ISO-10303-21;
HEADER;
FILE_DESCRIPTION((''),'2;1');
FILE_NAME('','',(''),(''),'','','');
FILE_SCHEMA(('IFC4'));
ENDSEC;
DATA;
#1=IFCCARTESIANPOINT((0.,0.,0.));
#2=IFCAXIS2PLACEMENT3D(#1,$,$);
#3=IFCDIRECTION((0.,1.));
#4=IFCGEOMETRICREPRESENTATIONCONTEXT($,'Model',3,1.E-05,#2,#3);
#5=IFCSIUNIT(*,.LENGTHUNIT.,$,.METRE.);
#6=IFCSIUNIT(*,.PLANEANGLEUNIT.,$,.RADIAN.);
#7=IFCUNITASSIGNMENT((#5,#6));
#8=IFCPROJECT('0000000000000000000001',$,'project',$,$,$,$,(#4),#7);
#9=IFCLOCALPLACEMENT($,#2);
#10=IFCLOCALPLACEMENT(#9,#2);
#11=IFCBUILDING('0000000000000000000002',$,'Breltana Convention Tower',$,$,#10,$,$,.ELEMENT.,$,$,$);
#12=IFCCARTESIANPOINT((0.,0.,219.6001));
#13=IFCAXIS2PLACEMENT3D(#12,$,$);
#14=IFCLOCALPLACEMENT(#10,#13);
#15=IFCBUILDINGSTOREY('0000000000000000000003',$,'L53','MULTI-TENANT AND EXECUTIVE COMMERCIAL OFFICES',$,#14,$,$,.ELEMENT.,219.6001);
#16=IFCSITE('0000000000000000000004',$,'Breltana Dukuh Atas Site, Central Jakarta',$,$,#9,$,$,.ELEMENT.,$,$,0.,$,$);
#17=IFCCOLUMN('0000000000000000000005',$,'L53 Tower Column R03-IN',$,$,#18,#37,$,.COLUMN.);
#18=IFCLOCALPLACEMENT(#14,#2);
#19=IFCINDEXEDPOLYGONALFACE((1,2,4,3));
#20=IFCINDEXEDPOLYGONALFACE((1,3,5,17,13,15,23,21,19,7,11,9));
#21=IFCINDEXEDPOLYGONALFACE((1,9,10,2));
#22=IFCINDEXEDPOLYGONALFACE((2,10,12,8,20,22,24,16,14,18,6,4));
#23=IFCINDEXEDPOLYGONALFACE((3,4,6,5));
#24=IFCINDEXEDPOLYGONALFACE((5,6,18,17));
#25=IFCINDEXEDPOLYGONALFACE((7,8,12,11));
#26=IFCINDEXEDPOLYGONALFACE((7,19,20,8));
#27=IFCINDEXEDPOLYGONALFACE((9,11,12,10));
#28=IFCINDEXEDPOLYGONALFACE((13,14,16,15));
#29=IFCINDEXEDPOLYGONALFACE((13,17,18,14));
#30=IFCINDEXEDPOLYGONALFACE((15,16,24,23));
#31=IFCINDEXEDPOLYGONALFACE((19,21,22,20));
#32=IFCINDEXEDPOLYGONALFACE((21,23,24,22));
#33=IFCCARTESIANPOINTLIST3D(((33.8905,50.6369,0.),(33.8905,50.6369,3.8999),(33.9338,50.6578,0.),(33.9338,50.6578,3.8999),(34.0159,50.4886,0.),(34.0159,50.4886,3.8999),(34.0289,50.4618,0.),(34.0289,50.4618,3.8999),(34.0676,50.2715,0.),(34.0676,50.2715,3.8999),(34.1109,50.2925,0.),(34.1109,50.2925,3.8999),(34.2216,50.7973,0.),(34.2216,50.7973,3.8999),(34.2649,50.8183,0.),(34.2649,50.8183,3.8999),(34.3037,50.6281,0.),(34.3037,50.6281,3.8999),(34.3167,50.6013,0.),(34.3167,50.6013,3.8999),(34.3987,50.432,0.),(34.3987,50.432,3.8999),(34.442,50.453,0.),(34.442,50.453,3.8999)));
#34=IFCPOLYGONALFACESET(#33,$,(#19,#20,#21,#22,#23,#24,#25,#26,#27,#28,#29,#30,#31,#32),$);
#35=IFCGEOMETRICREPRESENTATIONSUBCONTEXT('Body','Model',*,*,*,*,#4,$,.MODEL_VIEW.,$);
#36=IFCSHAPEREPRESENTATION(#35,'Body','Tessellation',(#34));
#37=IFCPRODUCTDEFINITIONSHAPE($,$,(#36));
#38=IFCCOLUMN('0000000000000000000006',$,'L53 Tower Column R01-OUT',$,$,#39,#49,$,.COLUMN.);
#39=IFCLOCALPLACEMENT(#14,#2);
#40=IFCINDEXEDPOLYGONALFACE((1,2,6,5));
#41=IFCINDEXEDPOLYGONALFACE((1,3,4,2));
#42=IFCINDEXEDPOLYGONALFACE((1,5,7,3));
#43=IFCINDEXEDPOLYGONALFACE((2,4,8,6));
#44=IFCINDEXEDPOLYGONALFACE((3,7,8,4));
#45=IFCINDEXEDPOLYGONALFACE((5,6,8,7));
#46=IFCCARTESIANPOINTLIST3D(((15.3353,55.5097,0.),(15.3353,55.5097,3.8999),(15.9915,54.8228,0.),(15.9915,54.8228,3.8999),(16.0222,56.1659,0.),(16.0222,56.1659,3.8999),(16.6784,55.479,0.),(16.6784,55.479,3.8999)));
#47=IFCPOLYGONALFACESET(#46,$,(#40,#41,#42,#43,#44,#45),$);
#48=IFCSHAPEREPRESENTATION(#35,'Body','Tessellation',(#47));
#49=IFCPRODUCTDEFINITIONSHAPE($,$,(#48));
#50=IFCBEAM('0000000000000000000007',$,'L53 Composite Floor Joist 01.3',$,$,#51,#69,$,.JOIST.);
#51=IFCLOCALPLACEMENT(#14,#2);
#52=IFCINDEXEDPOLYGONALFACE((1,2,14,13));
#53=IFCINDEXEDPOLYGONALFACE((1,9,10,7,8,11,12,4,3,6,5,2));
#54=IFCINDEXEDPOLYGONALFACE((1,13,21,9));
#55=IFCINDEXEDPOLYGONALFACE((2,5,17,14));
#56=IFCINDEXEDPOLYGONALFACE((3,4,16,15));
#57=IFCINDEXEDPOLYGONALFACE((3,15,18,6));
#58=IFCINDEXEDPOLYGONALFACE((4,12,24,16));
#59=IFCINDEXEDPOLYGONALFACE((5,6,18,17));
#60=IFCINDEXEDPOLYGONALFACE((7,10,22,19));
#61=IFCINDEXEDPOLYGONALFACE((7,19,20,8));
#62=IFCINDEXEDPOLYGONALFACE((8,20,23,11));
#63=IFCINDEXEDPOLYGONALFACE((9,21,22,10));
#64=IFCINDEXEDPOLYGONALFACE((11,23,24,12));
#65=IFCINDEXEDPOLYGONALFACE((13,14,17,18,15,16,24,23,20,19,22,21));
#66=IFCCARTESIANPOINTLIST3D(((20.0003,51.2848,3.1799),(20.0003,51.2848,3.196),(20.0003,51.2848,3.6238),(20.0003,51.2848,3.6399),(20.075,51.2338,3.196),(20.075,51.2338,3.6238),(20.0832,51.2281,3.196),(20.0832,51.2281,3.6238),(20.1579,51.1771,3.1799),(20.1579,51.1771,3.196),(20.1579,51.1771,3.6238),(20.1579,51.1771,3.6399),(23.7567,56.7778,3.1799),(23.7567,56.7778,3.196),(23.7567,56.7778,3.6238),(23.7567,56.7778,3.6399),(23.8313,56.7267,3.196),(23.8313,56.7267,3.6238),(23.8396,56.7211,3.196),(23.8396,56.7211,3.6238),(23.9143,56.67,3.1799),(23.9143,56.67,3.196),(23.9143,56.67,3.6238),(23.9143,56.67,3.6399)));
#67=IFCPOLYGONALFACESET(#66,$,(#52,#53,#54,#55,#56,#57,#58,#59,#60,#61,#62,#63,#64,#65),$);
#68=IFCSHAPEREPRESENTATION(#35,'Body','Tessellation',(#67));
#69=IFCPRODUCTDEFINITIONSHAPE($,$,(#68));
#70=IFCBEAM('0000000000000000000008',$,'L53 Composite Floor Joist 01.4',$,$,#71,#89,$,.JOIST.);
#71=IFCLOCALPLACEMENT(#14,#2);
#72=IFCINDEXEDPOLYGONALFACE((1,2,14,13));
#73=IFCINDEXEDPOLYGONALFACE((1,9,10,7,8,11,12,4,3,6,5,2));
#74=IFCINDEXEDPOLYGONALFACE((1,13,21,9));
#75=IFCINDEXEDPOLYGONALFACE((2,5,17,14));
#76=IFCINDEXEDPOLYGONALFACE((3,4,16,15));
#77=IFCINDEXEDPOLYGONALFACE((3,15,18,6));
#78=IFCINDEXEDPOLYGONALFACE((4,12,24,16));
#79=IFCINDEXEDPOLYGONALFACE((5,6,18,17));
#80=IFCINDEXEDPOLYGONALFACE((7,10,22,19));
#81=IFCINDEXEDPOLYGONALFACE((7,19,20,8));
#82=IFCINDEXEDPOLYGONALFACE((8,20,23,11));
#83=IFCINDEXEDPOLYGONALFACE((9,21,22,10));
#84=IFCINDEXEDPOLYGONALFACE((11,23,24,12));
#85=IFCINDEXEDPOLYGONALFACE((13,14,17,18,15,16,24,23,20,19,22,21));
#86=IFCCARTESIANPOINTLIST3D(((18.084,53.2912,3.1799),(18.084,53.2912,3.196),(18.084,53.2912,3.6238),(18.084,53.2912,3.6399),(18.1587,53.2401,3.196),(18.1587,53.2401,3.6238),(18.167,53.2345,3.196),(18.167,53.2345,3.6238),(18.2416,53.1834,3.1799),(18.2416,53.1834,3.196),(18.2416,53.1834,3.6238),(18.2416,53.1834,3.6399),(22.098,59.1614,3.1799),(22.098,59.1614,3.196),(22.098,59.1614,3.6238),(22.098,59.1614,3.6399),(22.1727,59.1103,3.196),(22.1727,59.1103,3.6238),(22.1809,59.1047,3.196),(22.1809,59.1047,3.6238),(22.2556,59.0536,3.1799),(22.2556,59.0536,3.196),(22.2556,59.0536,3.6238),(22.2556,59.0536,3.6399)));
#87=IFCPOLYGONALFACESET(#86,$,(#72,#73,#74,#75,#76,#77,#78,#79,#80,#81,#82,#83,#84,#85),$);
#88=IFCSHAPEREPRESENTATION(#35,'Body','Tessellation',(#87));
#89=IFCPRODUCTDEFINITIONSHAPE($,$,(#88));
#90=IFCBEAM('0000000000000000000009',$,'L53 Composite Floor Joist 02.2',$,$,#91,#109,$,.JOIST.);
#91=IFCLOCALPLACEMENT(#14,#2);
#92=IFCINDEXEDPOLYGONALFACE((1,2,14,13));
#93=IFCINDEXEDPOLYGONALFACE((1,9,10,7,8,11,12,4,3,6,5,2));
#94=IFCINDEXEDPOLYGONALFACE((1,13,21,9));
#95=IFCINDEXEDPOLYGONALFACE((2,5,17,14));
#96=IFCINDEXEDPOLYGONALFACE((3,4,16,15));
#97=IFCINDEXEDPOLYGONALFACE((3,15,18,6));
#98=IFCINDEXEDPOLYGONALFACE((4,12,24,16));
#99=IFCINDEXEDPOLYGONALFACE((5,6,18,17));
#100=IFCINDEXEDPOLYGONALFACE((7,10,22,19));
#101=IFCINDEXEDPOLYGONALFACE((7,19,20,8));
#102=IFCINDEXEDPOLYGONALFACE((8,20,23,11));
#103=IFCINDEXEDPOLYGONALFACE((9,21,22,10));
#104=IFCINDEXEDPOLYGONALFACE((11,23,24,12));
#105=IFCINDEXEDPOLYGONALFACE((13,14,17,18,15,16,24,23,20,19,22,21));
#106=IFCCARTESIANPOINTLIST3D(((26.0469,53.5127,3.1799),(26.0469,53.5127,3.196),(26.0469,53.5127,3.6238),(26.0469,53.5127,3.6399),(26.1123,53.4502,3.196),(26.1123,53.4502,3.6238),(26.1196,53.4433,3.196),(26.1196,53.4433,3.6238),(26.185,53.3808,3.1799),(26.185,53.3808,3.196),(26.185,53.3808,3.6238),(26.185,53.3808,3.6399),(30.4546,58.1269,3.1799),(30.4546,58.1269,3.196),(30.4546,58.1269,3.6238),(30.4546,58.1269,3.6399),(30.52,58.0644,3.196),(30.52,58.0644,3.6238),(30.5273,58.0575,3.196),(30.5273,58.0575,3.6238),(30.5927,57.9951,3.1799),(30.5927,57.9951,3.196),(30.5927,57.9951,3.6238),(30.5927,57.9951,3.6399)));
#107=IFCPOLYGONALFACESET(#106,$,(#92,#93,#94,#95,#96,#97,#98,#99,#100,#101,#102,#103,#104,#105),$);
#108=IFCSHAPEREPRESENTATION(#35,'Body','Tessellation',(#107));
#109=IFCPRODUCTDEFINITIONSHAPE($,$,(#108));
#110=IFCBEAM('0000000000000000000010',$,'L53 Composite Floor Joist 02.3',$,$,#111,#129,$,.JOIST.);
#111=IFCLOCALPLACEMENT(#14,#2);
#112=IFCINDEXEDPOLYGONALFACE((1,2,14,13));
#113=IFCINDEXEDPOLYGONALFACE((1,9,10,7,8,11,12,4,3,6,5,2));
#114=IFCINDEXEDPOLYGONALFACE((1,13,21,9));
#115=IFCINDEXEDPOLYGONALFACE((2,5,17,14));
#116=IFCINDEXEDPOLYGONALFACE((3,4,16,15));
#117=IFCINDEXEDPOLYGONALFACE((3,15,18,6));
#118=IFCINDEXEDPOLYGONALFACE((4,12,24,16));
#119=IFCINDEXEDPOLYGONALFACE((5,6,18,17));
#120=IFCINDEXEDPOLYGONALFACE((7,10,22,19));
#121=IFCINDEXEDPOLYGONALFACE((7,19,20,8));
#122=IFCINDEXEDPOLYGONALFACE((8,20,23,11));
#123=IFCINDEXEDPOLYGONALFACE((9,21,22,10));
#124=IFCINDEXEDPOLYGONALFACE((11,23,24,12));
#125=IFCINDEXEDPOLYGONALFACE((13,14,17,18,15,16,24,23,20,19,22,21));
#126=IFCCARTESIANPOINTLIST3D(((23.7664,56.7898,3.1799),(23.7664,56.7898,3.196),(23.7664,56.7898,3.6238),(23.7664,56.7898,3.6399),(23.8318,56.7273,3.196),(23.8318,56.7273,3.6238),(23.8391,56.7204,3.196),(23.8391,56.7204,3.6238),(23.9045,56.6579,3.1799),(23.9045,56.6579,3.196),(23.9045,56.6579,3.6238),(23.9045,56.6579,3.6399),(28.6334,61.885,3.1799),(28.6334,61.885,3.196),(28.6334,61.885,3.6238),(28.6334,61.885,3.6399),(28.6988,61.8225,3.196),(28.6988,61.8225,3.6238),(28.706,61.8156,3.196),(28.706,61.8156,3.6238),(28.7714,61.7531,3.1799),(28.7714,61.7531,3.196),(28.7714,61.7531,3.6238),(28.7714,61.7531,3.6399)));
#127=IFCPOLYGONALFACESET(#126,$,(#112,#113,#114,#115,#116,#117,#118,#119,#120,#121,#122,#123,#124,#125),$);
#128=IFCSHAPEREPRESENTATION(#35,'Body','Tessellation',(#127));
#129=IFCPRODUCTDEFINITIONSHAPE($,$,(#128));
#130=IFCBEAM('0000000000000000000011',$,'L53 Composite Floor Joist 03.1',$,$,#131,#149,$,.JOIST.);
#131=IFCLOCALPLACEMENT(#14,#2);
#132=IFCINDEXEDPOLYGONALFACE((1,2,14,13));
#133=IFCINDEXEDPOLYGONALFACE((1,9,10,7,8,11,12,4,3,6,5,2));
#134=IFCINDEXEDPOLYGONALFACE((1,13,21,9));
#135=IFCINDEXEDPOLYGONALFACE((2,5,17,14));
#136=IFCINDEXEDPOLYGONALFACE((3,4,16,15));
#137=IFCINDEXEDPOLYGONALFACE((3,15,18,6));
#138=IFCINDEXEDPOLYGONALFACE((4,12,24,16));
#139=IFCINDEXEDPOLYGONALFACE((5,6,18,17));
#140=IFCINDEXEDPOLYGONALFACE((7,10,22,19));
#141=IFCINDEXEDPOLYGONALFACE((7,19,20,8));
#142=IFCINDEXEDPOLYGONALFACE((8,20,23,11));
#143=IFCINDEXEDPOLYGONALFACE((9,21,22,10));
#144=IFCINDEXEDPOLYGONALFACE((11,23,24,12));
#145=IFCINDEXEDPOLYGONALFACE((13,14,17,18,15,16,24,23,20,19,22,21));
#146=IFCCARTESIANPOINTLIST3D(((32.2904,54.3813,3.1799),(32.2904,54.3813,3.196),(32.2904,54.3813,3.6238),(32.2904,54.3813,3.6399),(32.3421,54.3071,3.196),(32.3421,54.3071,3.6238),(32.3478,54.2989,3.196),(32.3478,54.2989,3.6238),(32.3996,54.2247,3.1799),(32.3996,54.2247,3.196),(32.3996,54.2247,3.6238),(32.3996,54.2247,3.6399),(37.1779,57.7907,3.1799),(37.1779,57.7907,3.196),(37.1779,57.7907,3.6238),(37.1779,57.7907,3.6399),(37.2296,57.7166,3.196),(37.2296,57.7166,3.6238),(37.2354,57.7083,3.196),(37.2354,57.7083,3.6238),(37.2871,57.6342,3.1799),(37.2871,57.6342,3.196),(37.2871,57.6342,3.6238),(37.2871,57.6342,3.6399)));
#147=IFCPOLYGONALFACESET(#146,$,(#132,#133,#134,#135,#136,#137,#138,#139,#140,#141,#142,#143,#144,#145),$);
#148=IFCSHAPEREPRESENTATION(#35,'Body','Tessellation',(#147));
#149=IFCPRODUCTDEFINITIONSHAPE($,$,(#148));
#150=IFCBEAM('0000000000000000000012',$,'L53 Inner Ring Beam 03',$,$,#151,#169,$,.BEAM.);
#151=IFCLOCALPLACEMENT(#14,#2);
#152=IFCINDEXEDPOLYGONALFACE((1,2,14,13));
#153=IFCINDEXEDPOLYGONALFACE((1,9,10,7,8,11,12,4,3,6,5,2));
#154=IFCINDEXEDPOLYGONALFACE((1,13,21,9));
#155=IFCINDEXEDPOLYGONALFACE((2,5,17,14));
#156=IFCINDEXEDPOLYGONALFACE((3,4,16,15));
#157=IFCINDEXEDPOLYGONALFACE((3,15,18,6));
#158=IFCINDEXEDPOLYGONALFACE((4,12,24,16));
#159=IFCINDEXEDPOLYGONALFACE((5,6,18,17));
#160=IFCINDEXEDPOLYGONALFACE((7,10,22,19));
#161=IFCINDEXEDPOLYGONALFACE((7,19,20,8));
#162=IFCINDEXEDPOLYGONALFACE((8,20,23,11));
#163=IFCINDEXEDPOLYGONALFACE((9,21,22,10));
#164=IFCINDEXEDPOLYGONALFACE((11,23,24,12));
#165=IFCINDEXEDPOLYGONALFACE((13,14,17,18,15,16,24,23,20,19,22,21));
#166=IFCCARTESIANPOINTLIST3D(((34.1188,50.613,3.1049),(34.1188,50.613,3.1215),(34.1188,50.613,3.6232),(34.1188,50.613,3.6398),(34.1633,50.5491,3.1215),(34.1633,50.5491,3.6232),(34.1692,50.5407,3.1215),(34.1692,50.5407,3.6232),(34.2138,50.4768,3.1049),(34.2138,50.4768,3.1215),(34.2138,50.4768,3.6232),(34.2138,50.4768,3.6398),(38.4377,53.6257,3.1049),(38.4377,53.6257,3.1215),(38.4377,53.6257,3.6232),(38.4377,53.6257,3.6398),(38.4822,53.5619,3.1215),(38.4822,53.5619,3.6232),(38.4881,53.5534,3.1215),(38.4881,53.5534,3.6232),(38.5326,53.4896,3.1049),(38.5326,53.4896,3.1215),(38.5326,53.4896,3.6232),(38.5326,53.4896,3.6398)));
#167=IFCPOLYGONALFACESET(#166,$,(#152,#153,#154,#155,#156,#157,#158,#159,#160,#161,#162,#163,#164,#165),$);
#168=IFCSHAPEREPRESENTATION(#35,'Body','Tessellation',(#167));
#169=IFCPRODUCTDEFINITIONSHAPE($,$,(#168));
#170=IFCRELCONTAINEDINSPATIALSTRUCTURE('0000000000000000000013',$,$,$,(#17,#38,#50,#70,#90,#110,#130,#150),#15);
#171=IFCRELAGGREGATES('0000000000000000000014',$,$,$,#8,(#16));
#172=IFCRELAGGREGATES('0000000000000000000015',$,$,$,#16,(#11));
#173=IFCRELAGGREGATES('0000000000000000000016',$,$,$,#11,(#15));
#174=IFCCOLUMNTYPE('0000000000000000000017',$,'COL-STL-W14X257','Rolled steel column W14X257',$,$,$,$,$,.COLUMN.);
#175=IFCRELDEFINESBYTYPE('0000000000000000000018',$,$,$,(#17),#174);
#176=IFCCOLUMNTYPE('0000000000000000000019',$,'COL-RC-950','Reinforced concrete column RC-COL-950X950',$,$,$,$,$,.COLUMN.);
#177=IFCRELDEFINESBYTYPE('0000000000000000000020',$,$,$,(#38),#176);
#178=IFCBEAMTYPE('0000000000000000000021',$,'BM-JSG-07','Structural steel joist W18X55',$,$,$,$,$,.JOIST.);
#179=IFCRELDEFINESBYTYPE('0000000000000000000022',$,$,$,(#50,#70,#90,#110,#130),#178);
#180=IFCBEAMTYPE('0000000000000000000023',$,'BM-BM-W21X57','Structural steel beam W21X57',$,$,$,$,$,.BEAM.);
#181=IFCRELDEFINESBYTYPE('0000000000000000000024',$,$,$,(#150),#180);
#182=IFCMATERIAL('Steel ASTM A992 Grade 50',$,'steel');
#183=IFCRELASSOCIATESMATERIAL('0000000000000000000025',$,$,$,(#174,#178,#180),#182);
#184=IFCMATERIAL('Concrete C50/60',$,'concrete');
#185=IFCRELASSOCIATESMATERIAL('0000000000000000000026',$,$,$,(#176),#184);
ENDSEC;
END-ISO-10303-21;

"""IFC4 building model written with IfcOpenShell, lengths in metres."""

from ifc_helpers import new_model, si_unit, direction, frame, origin, origin_2d, place, context, subcontext, project, spatial, rectangle, i_section, extrude, source, transform, mapped, material, material_profile, profile_set, type_object, element, save


model = new_model("IFC4")

# Units and contexts
model_context = context("Model", 3, precision=1e-05, world=origin(), true_north=direction((0.0, 1.0)))
body_context = subcontext(model_context, "Body", "Model", "MODEL_VIEW")
ifc_project = project(units=[si_unit("LENGTHUNIT", "METRE"), si_unit("PLANEANGLEUNIT", "RADIAN")], contexts=[model_context])

# Site, building, storey
site_placement = place(None, origin())
site = spatial("IfcSite", under=ifc_project, at=site_placement, Name="Breltana Dukuh Atas Site, Central Jakarta", CompositionType="ELEMENT", RefElevation=0.0)
building_placement = place(site_placement, origin())
building = spatial("IfcBuilding", under=site, at=building_placement, Name="Breltana Convention Tower", CompositionType="ELEMENT")
storey_placement = place(building_placement, frame((0.0, 0.0, 219.6001)))
storey = spatial("IfcBuildingStorey", under=building, at=storey_placement, Name="L53", Description="MULTI-TENANT AND EXECUTIVE COMMERCIAL OFFICES", CompositionType="ELEMENT", Elevation=219.6001)

# Columns
ifc_material_1 = material(Name="Steel ASTM A992 Grade 50", Category="steel")
ifc_material_profile_1 = material_profile(ifc_material_1, i_section(OverallWidth=0.406, OverallDepth=0.416, WebThickness=0.0298, FlangeThickness=0.0481, at=origin_2d()), Name="W14X257")
ifc_profile_set_1 = profile_set([ifc_material_profile_1], Name="Steel ASTM A992 Grade 50")
column_type_1 = type_object("IfcColumnType", Name="COL-STL-W14X257", Description="Rolled steel column W14X257", PredefinedType="COLUMN", material=ifc_profile_set_1)
shared_shape_1 = source(origin(), body_context, "Body", "SweptSolid", [
    extrude(i_section(OverallWidth=0.406, OverallDepth=0.416, WebThickness=0.0298, FlangeThickness=0.0481, at=origin_2d()), origin(), (0.0, 0.0, 1.0), 3.8999),
])
column_1_placement = place(storey_placement, frame((34.1663, 50.5449, 0.0), z_axis=(0.0, 0.0, 1.0), x_axis=(-0.436174, 0.899863, 0.0)))
element("IfcColumn", 1, at=column_1_placement, inside=storey, type_object=column_type_1, Name="L53 Tower Column R03-IN", PredefinedType="COLUMN", context=body_context, shape_type="MappedRepresentation", body=[
    mapped(shared_shape_1, transform((0.0, 0.0, 0.0), scale=1.0)),
])
ifc_material_2 = material(Name="Concrete C50/60", Category="concrete")
ifc_material_profile_2 = material_profile(ifc_material_2, rectangle(XDim=0.95, YDim=0.95, at=origin_2d()), Name="RC-COL-950X950")
ifc_profile_set_2 = profile_set([ifc_material_profile_2], Name="Concrete C50/60")
column_type_2 = type_object("IfcColumnType", Name="COL-RC-950", Description="Reinforced concrete column RC-COL-950X950", PredefinedType="COLUMN", material=ifc_profile_set_2)
shared_shape_2 = source(origin(), body_context, "Body", "SweptSolid", [
    extrude(rectangle(XDim=0.95, YDim=0.95, at=origin_2d()), origin(), (0.0, 0.0, 1.0), 3.8999),
])
column_2_placement = place(storey_placement, frame((16.0068, 55.4944, 0.0), z_axis=(0.0, 0.0, 1.0), x_axis=(-0.690756, 0.723088, 0.0)))
element("IfcColumn", 2, at=column_2_placement, inside=storey, type_object=column_type_2, Name="L53 Tower Column R01-OUT", PredefinedType="COLUMN", context=body_context, shape_type="MappedRepresentation", body=[
    mapped(shared_shape_2, transform((0.0, 0.0, 0.0), scale=1.0)),
])

# Beams
ifc_material_profile_3 = material_profile(ifc_material_1, i_section(OverallWidth=0.1909, OverallDepth=0.46, WebThickness=0.01, FlangeThickness=0.0161, at=origin_2d()), Name="W18X55")
ifc_profile_set_3 = profile_set([ifc_material_profile_3], Name="Steel ASTM A992 Grade 50")
beam_type_1 = type_object("IfcBeamType", Name="BM-JSG-07", Description="Structural steel joist W18X55", PredefinedType="JOIST", material=ifc_profile_set_3)
shared_shape_3 = source(origin(), body_context, "Body", "SweptSolid", [
    extrude(i_section(OverallWidth=0.1909, OverallDepth=0.46, WebThickness=0.01, FlangeThickness=0.0161, at=origin_2d()), origin(), (0.0, 0.0, 1.0), 6.6545),
])
beam_1_placement = place(storey_placement, frame((20.0791, 51.231, 3.4099), z_axis=(0.564483, 0.825445, 0.0), x_axis=(-0.825445, 0.564483, 0.0)))
element("IfcBeam", 3, at=beam_1_placement, inside=storey, type_object=beam_type_1, Name="L53 Composite Floor Joist 01.3", PredefinedType="JOIST", context=body_context, shape_type="MappedRepresentation", body=[
    mapped(shared_shape_3, transform((0.0, 0.0, 0.0), scale=1.0)),
])
shared_shape_4 = source(origin(), body_context, "Body", "SweptSolid", [
    extrude(i_section(OverallWidth=0.1909, OverallDepth=0.46, WebThickness=0.01, FlangeThickness=0.0161, at=origin_2d()), origin(), (0.0, 0.0, 1.0), 7.1113),
])
beam_2_placement = place(storey_placement, frame((18.1628, 53.2373, 3.4099), z_axis=(0.564446, 0.82547, 0.0), x_axis=(-0.82547, 0.564446, 0.0)))
element("IfcBeam", 4, at=beam_2_placement, inside=storey, type_object=beam_type_1, Name="L53 Composite Floor Joist 01.4", PredefinedType="JOIST", context=body_context, shape_type="MappedRepresentation", body=[
    mapped(shared_shape_4, transform((0.0, 0.0, 0.0), scale=1.0)),
])
shared_shape_5 = source(origin(), body_context, "Body", "SweptSolid", [
    extrude(i_section(OverallWidth=0.1909, OverallDepth=0.46, WebThickness=0.01, FlangeThickness=0.0161, at=origin_2d()), origin(), (0.0, 0.0, 1.0), 6.3811),
])
beam_3_placement = place(storey_placement, frame((26.116, 53.4468, 3.4099), z_axis=(0.690738, 0.723105, 0.0), x_axis=(-0.723105, 0.690738, 0.0)))
element("IfcBeam", 5, at=beam_3_placement, inside=storey, type_object=beam_type_1, Name="L53 Composite Floor Joist 02.2", PredefinedType="JOIST", context=body_context, shape_type="MappedRepresentation", body=[
    mapped(shared_shape_5, transform((0.0, 0.0, 0.0), scale=1.0)),
])
shared_shape_6 = source(origin(), body_context, "Body", "SweptSolid", [
    extrude(i_section(OverallWidth=0.1909, OverallDepth=0.46, WebThickness=0.01, FlangeThickness=0.0161, at=origin_2d()), origin(), (0.0, 0.0, 1.0), 7.0461),
])
beam_4_placement = place(storey_placement, frame((23.8354, 56.7239, 3.4099), z_axis=(0.690723, 0.72312, 0.0), x_axis=(-0.72312, 0.690723, 0.0)))
element("IfcBeam", 6, at=beam_4_placement, inside=storey, type_object=beam_type_1, Name="L53 Composite Floor Joist 02.3", PredefinedType="JOIST", context=body_context, shape_type="MappedRepresentation", body=[
    mapped(shared_shape_6, transform((0.0, 0.0, 0.0), scale=1.0)),
])
shared_shape_7 = source(origin(), body_context, "Body", "SweptSolid", [
    extrude(i_section(OverallWidth=0.1909, OverallDepth=0.46, WebThickness=0.01, FlangeThickness=0.0161, at=origin_2d()), origin(), (0.0, 0.0, 1.0), 5.9592),
])
beam_5_placement = place(storey_placement, frame((32.345, 54.303, 3.4099), z_axis=(0.82016, 0.572134, 0.0), x_axis=(-0.572134, 0.82016, 0.0)))
element("IfcBeam", 7, at=beam_5_placement, inside=storey, type_object=beam_type_1, Name="L53 Composite Floor Joist 03.1", PredefinedType="JOIST", context=body_context, shape_type="MappedRepresentation", body=[
    mapped(shared_shape_7, transform((0.0, 0.0, 0.0), scale=1.0)),
])
ifc_material_profile_4 = material_profile(ifc_material_1, i_section(OverallWidth=0.166, OverallDepth=0.5349, WebThickness=0.0103, FlangeThickness=0.0166, at=origin_2d()), Name="W21X57")
ifc_profile_set_4 = profile_set([ifc_material_profile_4], Name="Steel ASTM A992 Grade 50")
beam_type_2 = type_object("IfcBeamType", Name="BM-BM-W21X57", Description="Structural steel beam W21X57", PredefinedType="BEAM", material=ifc_profile_set_4)
shared_shape_8 = source(origin(), body_context, "Body", "SweptSolid", [
    extrude(i_section(OverallWidth=0.166, OverallDepth=0.5349, WebThickness=0.0103, FlangeThickness=0.0166, at=origin_2d()), origin(), (0.0, 0.0, 1.0), 5.2659),
])
beam_6_placement = place(storey_placement, frame((34.1663, 50.5449, 3.3723), z_axis=(0.820167, 0.572124, 0.0), x_axis=(-0.572124, 0.820167, 0.0)))
element("IfcBeam", 8, at=beam_6_placement, inside=storey, type_object=beam_type_2, Name="L53 Inner Ring Beam 03", PredefinedType="BEAM", context=body_context, shape_type="MappedRepresentation", body=[
    mapped(shared_shape_8, transform((0.0, 0.0, 0.0), scale=1.0)),
])

save(model, "model.ifc")
